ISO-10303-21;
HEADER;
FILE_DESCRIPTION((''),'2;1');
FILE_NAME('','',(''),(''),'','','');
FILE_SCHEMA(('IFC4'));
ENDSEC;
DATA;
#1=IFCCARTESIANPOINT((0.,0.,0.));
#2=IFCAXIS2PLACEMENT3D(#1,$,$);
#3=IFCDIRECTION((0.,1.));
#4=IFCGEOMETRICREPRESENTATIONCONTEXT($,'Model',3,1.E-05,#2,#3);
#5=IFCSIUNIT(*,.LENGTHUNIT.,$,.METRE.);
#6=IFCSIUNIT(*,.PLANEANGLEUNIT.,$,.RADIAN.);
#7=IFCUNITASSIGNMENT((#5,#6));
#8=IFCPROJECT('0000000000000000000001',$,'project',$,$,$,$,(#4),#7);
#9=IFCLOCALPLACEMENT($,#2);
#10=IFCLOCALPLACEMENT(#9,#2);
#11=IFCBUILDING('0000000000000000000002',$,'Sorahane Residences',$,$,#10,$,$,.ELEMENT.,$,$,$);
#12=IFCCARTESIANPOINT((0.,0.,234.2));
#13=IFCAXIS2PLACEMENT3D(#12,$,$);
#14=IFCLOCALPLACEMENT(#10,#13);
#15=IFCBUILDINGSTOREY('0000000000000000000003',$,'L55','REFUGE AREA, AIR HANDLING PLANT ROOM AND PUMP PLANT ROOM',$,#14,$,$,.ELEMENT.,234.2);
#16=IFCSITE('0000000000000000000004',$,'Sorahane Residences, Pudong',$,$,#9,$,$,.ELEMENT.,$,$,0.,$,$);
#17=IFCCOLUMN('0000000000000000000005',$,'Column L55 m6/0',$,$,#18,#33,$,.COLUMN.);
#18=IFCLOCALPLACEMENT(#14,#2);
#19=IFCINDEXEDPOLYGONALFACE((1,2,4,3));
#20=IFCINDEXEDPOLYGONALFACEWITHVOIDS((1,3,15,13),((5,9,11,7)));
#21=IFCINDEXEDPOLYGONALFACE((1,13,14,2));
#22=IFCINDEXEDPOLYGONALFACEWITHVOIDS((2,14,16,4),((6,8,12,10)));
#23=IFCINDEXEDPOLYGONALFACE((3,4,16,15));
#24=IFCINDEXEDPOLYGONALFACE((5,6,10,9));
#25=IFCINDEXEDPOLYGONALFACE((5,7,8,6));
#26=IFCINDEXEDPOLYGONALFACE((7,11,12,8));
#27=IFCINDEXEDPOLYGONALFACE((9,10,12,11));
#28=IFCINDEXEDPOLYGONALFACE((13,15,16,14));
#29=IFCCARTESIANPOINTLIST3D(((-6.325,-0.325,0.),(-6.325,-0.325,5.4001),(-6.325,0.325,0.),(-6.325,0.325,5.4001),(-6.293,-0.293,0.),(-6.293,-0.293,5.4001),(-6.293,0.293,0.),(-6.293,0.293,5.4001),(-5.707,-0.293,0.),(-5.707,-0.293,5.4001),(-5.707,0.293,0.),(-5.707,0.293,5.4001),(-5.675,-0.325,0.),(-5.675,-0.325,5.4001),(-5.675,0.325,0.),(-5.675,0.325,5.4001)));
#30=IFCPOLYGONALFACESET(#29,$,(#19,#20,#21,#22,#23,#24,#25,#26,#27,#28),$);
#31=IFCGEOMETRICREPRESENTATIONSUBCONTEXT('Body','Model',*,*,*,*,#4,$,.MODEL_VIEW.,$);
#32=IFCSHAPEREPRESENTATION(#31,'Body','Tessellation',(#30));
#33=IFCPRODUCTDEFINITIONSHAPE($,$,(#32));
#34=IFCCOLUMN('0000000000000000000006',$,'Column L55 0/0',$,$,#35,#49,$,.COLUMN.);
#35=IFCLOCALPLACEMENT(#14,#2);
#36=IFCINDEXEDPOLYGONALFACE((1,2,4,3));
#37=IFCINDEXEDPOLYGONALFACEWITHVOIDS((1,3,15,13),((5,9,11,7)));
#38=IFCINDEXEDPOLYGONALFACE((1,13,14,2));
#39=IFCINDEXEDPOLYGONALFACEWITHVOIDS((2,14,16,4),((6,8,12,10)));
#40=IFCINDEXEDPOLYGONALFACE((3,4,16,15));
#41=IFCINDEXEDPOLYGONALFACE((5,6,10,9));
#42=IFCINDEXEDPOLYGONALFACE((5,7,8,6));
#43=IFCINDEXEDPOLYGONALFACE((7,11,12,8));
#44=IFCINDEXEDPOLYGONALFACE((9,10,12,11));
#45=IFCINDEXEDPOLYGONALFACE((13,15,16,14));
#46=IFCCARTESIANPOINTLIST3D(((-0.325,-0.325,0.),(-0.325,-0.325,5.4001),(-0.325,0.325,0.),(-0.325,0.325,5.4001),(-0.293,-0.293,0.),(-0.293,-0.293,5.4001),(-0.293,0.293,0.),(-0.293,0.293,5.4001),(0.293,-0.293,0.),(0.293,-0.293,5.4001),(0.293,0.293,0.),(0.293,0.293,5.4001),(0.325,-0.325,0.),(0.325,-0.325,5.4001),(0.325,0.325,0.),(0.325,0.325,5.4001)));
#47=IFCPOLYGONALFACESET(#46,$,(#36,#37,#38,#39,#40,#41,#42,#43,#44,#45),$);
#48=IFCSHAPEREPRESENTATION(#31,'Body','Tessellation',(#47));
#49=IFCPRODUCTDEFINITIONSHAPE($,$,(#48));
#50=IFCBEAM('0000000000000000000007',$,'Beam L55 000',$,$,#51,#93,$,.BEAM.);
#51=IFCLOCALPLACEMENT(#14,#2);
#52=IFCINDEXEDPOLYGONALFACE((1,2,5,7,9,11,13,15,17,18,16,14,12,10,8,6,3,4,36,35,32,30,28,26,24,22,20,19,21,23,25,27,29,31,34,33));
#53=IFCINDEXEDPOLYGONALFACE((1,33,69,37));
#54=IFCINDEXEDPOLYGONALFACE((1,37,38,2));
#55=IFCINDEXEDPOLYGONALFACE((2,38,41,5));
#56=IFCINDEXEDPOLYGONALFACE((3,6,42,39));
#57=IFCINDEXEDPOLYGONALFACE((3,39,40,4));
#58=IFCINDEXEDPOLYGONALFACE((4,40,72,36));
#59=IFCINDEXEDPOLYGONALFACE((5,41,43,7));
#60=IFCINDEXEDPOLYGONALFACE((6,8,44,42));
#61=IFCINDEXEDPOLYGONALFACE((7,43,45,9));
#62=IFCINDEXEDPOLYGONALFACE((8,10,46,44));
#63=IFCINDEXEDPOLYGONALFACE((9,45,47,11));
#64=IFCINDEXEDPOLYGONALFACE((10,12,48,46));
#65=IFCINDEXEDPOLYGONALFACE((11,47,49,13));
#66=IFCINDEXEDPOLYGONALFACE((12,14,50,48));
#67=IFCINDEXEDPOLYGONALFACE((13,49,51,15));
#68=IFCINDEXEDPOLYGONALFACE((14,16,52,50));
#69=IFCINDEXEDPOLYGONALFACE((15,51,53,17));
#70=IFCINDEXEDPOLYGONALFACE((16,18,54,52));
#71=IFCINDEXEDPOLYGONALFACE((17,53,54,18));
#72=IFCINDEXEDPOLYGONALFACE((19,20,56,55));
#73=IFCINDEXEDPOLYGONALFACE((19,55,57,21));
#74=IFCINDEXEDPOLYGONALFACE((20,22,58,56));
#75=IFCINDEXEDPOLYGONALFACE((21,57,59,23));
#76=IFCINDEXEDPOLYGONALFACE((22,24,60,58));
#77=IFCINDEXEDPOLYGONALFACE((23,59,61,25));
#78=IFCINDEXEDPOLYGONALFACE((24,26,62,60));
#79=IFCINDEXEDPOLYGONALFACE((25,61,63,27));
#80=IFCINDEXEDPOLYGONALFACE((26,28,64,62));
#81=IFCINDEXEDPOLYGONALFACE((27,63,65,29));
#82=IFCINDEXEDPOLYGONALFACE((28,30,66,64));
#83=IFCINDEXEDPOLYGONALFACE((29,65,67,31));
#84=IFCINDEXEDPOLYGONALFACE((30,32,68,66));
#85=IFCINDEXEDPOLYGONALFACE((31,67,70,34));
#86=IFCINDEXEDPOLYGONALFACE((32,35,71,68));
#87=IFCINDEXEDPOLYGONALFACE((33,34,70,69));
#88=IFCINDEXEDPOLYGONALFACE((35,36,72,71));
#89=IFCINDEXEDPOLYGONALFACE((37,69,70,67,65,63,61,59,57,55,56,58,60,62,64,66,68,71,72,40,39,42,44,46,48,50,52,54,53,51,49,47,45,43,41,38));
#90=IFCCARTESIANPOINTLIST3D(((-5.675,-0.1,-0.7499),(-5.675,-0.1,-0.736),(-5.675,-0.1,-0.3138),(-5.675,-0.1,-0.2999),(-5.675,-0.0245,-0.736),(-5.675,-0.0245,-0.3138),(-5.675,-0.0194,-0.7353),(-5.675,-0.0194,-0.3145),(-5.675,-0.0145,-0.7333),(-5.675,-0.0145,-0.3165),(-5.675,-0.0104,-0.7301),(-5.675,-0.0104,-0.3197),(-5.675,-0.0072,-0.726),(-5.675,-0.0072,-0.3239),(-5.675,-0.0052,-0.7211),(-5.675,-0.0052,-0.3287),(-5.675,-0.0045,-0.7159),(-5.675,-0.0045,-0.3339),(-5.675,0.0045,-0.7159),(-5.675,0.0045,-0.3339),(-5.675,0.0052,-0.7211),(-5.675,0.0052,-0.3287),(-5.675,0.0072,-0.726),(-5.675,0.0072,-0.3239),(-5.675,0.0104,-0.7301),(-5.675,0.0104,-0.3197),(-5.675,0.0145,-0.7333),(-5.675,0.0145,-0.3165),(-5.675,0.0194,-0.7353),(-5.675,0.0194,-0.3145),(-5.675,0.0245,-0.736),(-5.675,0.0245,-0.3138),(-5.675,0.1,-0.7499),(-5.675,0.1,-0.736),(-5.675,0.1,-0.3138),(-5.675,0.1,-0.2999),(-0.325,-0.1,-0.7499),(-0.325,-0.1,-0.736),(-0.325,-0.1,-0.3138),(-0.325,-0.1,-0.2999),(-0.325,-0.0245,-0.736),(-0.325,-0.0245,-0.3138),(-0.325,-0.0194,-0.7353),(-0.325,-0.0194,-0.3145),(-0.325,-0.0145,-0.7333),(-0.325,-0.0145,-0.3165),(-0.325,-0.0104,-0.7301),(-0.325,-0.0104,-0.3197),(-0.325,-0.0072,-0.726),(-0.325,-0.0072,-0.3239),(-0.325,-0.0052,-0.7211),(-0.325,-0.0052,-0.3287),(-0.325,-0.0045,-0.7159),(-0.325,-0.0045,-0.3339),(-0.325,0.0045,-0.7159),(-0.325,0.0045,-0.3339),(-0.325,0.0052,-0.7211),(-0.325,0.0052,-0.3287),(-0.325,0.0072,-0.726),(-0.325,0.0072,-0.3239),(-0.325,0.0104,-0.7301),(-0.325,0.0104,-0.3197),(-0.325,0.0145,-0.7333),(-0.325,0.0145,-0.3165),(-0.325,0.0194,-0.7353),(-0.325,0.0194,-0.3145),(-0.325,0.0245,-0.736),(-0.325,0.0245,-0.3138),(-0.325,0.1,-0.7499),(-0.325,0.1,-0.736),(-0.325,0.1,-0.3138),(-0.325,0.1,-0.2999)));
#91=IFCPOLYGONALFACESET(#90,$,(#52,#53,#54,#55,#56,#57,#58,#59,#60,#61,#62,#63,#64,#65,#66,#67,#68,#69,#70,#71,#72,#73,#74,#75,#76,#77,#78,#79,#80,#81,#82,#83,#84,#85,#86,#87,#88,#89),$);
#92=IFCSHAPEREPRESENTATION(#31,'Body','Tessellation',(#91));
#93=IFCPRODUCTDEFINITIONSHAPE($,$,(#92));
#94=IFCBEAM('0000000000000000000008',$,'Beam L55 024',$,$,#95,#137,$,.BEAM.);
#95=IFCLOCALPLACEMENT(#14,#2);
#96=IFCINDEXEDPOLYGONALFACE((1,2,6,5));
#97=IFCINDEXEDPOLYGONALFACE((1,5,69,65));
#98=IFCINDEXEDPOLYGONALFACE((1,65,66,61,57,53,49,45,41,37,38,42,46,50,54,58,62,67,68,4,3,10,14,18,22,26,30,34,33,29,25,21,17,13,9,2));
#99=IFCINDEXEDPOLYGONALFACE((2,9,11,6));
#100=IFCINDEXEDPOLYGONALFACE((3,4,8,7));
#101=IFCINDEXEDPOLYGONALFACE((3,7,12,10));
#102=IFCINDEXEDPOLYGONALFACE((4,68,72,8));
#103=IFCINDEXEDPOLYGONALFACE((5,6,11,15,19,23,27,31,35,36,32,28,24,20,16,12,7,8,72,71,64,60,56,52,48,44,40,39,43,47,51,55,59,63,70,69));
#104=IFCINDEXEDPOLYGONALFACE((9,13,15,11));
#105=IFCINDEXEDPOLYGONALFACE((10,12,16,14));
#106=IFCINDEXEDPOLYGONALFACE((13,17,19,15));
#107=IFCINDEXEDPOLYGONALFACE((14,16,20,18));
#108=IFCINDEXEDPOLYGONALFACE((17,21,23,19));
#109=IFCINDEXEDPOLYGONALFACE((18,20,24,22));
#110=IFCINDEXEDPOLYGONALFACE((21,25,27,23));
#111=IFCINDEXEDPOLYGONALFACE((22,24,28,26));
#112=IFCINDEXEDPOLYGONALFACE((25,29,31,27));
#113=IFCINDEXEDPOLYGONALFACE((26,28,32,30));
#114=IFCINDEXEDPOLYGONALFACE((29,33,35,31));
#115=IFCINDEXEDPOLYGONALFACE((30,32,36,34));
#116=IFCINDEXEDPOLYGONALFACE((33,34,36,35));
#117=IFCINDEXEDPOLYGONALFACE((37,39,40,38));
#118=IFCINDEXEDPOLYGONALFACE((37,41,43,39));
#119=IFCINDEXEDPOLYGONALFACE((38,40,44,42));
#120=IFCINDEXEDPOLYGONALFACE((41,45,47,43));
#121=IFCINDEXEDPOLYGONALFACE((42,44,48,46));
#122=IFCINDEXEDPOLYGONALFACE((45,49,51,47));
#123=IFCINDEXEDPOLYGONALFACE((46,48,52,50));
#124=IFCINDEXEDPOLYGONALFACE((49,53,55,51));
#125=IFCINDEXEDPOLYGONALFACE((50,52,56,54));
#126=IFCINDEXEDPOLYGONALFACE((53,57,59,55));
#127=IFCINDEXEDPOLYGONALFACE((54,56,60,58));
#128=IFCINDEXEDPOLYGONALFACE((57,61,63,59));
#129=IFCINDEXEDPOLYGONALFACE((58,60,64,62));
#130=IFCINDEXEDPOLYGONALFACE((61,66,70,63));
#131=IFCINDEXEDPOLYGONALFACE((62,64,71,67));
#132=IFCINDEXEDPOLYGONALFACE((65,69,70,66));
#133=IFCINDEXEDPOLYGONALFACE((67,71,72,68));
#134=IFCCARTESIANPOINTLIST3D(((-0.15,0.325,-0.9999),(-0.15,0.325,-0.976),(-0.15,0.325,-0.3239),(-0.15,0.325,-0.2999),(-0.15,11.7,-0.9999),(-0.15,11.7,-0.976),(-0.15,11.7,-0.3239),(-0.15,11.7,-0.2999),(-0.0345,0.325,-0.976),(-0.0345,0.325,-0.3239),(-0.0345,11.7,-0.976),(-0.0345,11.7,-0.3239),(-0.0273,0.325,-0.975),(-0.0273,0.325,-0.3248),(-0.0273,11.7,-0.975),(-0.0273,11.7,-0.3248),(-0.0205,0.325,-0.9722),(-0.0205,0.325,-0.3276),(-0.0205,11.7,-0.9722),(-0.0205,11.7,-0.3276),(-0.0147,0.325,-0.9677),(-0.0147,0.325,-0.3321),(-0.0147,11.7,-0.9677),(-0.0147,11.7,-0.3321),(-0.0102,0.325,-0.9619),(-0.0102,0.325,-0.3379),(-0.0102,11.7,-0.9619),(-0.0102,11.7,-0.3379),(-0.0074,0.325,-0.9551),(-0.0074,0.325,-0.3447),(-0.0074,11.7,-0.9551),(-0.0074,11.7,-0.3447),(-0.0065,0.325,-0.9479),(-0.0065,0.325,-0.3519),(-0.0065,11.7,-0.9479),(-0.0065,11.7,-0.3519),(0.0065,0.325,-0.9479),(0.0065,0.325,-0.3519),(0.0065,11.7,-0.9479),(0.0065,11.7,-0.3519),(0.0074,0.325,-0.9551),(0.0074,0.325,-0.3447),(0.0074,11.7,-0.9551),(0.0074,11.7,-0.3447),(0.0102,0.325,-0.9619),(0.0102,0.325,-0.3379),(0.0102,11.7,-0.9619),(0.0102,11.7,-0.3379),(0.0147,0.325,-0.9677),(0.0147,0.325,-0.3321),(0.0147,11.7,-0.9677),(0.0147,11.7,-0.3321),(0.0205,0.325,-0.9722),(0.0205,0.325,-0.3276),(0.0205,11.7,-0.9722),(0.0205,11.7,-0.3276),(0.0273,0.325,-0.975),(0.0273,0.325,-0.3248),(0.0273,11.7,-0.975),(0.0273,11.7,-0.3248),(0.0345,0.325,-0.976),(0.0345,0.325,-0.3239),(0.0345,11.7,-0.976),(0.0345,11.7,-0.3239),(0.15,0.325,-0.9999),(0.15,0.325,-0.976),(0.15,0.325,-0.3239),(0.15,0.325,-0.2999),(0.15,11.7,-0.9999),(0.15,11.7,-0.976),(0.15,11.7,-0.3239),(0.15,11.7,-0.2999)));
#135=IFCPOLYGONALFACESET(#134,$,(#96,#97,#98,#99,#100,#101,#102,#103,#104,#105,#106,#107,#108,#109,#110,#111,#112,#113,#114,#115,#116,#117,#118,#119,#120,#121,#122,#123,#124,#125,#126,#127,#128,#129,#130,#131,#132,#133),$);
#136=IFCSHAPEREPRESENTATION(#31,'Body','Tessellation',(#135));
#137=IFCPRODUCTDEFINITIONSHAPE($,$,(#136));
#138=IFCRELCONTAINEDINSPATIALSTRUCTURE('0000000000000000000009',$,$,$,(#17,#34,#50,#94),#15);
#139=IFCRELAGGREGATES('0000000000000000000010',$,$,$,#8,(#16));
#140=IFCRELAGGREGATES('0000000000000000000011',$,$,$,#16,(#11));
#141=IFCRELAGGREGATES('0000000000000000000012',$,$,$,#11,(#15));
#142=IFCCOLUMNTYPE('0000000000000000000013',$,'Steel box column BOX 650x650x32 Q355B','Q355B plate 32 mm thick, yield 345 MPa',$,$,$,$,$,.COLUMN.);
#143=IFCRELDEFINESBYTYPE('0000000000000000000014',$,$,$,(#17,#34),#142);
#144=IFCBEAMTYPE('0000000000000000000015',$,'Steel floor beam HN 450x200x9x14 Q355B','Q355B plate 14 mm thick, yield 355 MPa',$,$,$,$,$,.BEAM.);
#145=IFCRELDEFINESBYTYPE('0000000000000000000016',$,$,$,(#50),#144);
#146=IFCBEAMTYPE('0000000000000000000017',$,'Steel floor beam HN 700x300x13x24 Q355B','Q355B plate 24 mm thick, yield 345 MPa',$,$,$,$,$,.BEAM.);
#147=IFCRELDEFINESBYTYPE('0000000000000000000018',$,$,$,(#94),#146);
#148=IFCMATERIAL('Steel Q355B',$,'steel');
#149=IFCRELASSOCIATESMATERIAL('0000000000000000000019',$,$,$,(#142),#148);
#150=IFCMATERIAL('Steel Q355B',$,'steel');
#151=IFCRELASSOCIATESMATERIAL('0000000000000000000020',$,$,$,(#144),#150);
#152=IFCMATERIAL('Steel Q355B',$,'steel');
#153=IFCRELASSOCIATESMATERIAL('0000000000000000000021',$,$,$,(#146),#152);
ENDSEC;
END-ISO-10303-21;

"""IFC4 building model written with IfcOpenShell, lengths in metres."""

from ifc_helpers import new_model, si_unit, direction, frame, origin, origin_2d, place, context, subcontext, project, spatial, hollow_rectangle, i_section, extrude, material, material_profile, profile_set, type_object, element, save


model = new_model("IFC4")

# Units and contexts
model_context = context("Model", 3, precision=1e-05, world=origin(), true_north=direction((0.0, 1.0)))
body_context = subcontext(model_context, "Body", "Model", "MODEL_VIEW")
ifc_project = project(units=[si_unit("LENGTHUNIT", "METRE"), si_unit("PLANEANGLEUNIT", "RADIAN")], contexts=[model_context])

# Site, building, storey
site_placement = place(None, origin())
site = spatial("IfcSite", under=ifc_project, at=site_placement, Name="Sorahane Residences, Pudong", CompositionType="ELEMENT", RefElevation=0.0)
building_placement = place(site_placement, origin())
building = spatial("IfcBuilding", under=site, at=building_placement, Name="Sorahane Residences", CompositionType="ELEMENT")
storey_placement = place(building_placement, frame((0.0, 0.0, 234.2)))
storey = spatial("IfcBuildingStorey", under=building, at=storey_placement, Name="L55", Description="REFUGE AREA, AIR HANDLING PLANT ROOM AND PUMP PLANT ROOM", CompositionType="ELEMENT", Elevation=234.2)

# Columns
ifc_material_1 = material(Name="Steel Q355B", Category="steel")
ifc_material_profile_1 = material_profile(ifc_material_1, hollow_rectangle(XDim=0.6499, YDim=0.6499, WallThickness=0.032, at=origin_2d()), Name="BOX 650x650x32")
ifc_profile_set_1 = profile_set([ifc_material_profile_1], Name="Steel Q355B")
column_type = type_object("IfcColumnType", Name="Steel box column BOX 650x650x32 Q355B", Description="Q355B plate 32 mm thick, yield 345 MPa", PredefinedType="COLUMN", material=ifc_profile_set_1)
for number, where, z_axis, x_axis, name in (
    (1, (-6.0, 0.0, 0.0), (0.0, 0.0, 1.0), (1.0, 0.0, 0.0), "Column L55 m6/0"),
    (2, (0.0, 0.0, 0.0), (0.0, 0.0, 1.0), (1.0, 0.0, 0.0), "Column L55 0/0"),
):
    element("IfcColumn", number, at=place(storey_placement, frame(where, z_axis=z_axis, x_axis=x_axis)), inside=storey, type_object=column_type, Name=name, PredefinedType="COLUMN", context=body_context, shape_type="SweptSolid", body=[
        extrude(hollow_rectangle(XDim=0.6499, YDim=0.6499, WallThickness=0.032, at=origin_2d()), origin(), (0.0, 0.0, 1.0), 5.4001),
    ])

# Beams
ifc_material_2 = material(Name="Steel Q355B", Category="steel")
ifc_material_profile_2 = material_profile(ifc_material_2, i_section(OverallWidth=0.2, OverallDepth=0.45, WebThickness=0.009, FlangeThickness=0.0139, FilletRadius=0.02, at=origin_2d()), Name="HN 450x200x9x14")
ifc_profile_set_2 = profile_set([ifc_material_profile_2], Name="Steel Q355B")
beam_type_1 = type_object("IfcBeamType", Name="Steel floor beam HN 450x200x9x14 Q355B", Description="Q355B plate 14 mm thick, yield 355 MPa", PredefinedType="BEAM", material=ifc_profile_set_2)
beam_1_placement = place(storey_placement, frame((-5.675, 0.0, -0.5249), z_axis=(1.0, 0.0, 0.0), x_axis=(0.0, 1.0, 0.0)))
element("IfcBeam", 3, at=beam_1_placement, inside=storey, type_object=beam_type_1, Name="Beam L55 000", PredefinedType="BEAM", context=body_context, shape_type="SweptSolid", body=[
    extrude(i_section(OverallWidth=0.2, OverallDepth=0.45, WebThickness=0.009, FlangeThickness=0.0139, FilletRadius=0.02, at=origin_2d()), origin(), (0.0, 0.0, 1.0), 5.3501),
])
ifc_material_3 = material(Name="Steel Q355B", Category="steel")
ifc_material_profile_3 = material_profile(ifc_material_3, i_section(OverallWidth=0.3, OverallDepth=0.7, WebThickness=0.0129, FlangeThickness=0.0239, FilletRadius=0.0281, at=origin_2d()), Name="HN 700x300x13x24")
ifc_profile_set_3 = profile_set([ifc_material_profile_3], Name="Steel Q355B")
beam_type_2 = type_object("IfcBeamType", Name="Steel floor beam HN 700x300x13x24 Q355B", Description="Q355B plate 24 mm thick, yield 345 MPa", PredefinedType="BEAM", material=ifc_profile_set_3)
beam_2_placement = place(storey_placement, frame((0.0, 0.325, -0.6499), z_axis=(0.0, 1.0, 0.0), x_axis=(-1.0, 0.0, 0.0)))
element("IfcBeam", 4, at=beam_2_placement, inside=storey, type_object=beam_type_2, Name="Beam L55 024", PredefinedType="BEAM", context=body_context, shape_type="SweptSolid", body=[
    extrude(i_section(OverallWidth=0.3, OverallDepth=0.7, WebThickness=0.0129, FlangeThickness=0.0239, FilletRadius=0.0281, at=origin_2d()), origin(), (0.0, 0.0, 1.0), 11.375),
])

save(model, "model.ifc")
